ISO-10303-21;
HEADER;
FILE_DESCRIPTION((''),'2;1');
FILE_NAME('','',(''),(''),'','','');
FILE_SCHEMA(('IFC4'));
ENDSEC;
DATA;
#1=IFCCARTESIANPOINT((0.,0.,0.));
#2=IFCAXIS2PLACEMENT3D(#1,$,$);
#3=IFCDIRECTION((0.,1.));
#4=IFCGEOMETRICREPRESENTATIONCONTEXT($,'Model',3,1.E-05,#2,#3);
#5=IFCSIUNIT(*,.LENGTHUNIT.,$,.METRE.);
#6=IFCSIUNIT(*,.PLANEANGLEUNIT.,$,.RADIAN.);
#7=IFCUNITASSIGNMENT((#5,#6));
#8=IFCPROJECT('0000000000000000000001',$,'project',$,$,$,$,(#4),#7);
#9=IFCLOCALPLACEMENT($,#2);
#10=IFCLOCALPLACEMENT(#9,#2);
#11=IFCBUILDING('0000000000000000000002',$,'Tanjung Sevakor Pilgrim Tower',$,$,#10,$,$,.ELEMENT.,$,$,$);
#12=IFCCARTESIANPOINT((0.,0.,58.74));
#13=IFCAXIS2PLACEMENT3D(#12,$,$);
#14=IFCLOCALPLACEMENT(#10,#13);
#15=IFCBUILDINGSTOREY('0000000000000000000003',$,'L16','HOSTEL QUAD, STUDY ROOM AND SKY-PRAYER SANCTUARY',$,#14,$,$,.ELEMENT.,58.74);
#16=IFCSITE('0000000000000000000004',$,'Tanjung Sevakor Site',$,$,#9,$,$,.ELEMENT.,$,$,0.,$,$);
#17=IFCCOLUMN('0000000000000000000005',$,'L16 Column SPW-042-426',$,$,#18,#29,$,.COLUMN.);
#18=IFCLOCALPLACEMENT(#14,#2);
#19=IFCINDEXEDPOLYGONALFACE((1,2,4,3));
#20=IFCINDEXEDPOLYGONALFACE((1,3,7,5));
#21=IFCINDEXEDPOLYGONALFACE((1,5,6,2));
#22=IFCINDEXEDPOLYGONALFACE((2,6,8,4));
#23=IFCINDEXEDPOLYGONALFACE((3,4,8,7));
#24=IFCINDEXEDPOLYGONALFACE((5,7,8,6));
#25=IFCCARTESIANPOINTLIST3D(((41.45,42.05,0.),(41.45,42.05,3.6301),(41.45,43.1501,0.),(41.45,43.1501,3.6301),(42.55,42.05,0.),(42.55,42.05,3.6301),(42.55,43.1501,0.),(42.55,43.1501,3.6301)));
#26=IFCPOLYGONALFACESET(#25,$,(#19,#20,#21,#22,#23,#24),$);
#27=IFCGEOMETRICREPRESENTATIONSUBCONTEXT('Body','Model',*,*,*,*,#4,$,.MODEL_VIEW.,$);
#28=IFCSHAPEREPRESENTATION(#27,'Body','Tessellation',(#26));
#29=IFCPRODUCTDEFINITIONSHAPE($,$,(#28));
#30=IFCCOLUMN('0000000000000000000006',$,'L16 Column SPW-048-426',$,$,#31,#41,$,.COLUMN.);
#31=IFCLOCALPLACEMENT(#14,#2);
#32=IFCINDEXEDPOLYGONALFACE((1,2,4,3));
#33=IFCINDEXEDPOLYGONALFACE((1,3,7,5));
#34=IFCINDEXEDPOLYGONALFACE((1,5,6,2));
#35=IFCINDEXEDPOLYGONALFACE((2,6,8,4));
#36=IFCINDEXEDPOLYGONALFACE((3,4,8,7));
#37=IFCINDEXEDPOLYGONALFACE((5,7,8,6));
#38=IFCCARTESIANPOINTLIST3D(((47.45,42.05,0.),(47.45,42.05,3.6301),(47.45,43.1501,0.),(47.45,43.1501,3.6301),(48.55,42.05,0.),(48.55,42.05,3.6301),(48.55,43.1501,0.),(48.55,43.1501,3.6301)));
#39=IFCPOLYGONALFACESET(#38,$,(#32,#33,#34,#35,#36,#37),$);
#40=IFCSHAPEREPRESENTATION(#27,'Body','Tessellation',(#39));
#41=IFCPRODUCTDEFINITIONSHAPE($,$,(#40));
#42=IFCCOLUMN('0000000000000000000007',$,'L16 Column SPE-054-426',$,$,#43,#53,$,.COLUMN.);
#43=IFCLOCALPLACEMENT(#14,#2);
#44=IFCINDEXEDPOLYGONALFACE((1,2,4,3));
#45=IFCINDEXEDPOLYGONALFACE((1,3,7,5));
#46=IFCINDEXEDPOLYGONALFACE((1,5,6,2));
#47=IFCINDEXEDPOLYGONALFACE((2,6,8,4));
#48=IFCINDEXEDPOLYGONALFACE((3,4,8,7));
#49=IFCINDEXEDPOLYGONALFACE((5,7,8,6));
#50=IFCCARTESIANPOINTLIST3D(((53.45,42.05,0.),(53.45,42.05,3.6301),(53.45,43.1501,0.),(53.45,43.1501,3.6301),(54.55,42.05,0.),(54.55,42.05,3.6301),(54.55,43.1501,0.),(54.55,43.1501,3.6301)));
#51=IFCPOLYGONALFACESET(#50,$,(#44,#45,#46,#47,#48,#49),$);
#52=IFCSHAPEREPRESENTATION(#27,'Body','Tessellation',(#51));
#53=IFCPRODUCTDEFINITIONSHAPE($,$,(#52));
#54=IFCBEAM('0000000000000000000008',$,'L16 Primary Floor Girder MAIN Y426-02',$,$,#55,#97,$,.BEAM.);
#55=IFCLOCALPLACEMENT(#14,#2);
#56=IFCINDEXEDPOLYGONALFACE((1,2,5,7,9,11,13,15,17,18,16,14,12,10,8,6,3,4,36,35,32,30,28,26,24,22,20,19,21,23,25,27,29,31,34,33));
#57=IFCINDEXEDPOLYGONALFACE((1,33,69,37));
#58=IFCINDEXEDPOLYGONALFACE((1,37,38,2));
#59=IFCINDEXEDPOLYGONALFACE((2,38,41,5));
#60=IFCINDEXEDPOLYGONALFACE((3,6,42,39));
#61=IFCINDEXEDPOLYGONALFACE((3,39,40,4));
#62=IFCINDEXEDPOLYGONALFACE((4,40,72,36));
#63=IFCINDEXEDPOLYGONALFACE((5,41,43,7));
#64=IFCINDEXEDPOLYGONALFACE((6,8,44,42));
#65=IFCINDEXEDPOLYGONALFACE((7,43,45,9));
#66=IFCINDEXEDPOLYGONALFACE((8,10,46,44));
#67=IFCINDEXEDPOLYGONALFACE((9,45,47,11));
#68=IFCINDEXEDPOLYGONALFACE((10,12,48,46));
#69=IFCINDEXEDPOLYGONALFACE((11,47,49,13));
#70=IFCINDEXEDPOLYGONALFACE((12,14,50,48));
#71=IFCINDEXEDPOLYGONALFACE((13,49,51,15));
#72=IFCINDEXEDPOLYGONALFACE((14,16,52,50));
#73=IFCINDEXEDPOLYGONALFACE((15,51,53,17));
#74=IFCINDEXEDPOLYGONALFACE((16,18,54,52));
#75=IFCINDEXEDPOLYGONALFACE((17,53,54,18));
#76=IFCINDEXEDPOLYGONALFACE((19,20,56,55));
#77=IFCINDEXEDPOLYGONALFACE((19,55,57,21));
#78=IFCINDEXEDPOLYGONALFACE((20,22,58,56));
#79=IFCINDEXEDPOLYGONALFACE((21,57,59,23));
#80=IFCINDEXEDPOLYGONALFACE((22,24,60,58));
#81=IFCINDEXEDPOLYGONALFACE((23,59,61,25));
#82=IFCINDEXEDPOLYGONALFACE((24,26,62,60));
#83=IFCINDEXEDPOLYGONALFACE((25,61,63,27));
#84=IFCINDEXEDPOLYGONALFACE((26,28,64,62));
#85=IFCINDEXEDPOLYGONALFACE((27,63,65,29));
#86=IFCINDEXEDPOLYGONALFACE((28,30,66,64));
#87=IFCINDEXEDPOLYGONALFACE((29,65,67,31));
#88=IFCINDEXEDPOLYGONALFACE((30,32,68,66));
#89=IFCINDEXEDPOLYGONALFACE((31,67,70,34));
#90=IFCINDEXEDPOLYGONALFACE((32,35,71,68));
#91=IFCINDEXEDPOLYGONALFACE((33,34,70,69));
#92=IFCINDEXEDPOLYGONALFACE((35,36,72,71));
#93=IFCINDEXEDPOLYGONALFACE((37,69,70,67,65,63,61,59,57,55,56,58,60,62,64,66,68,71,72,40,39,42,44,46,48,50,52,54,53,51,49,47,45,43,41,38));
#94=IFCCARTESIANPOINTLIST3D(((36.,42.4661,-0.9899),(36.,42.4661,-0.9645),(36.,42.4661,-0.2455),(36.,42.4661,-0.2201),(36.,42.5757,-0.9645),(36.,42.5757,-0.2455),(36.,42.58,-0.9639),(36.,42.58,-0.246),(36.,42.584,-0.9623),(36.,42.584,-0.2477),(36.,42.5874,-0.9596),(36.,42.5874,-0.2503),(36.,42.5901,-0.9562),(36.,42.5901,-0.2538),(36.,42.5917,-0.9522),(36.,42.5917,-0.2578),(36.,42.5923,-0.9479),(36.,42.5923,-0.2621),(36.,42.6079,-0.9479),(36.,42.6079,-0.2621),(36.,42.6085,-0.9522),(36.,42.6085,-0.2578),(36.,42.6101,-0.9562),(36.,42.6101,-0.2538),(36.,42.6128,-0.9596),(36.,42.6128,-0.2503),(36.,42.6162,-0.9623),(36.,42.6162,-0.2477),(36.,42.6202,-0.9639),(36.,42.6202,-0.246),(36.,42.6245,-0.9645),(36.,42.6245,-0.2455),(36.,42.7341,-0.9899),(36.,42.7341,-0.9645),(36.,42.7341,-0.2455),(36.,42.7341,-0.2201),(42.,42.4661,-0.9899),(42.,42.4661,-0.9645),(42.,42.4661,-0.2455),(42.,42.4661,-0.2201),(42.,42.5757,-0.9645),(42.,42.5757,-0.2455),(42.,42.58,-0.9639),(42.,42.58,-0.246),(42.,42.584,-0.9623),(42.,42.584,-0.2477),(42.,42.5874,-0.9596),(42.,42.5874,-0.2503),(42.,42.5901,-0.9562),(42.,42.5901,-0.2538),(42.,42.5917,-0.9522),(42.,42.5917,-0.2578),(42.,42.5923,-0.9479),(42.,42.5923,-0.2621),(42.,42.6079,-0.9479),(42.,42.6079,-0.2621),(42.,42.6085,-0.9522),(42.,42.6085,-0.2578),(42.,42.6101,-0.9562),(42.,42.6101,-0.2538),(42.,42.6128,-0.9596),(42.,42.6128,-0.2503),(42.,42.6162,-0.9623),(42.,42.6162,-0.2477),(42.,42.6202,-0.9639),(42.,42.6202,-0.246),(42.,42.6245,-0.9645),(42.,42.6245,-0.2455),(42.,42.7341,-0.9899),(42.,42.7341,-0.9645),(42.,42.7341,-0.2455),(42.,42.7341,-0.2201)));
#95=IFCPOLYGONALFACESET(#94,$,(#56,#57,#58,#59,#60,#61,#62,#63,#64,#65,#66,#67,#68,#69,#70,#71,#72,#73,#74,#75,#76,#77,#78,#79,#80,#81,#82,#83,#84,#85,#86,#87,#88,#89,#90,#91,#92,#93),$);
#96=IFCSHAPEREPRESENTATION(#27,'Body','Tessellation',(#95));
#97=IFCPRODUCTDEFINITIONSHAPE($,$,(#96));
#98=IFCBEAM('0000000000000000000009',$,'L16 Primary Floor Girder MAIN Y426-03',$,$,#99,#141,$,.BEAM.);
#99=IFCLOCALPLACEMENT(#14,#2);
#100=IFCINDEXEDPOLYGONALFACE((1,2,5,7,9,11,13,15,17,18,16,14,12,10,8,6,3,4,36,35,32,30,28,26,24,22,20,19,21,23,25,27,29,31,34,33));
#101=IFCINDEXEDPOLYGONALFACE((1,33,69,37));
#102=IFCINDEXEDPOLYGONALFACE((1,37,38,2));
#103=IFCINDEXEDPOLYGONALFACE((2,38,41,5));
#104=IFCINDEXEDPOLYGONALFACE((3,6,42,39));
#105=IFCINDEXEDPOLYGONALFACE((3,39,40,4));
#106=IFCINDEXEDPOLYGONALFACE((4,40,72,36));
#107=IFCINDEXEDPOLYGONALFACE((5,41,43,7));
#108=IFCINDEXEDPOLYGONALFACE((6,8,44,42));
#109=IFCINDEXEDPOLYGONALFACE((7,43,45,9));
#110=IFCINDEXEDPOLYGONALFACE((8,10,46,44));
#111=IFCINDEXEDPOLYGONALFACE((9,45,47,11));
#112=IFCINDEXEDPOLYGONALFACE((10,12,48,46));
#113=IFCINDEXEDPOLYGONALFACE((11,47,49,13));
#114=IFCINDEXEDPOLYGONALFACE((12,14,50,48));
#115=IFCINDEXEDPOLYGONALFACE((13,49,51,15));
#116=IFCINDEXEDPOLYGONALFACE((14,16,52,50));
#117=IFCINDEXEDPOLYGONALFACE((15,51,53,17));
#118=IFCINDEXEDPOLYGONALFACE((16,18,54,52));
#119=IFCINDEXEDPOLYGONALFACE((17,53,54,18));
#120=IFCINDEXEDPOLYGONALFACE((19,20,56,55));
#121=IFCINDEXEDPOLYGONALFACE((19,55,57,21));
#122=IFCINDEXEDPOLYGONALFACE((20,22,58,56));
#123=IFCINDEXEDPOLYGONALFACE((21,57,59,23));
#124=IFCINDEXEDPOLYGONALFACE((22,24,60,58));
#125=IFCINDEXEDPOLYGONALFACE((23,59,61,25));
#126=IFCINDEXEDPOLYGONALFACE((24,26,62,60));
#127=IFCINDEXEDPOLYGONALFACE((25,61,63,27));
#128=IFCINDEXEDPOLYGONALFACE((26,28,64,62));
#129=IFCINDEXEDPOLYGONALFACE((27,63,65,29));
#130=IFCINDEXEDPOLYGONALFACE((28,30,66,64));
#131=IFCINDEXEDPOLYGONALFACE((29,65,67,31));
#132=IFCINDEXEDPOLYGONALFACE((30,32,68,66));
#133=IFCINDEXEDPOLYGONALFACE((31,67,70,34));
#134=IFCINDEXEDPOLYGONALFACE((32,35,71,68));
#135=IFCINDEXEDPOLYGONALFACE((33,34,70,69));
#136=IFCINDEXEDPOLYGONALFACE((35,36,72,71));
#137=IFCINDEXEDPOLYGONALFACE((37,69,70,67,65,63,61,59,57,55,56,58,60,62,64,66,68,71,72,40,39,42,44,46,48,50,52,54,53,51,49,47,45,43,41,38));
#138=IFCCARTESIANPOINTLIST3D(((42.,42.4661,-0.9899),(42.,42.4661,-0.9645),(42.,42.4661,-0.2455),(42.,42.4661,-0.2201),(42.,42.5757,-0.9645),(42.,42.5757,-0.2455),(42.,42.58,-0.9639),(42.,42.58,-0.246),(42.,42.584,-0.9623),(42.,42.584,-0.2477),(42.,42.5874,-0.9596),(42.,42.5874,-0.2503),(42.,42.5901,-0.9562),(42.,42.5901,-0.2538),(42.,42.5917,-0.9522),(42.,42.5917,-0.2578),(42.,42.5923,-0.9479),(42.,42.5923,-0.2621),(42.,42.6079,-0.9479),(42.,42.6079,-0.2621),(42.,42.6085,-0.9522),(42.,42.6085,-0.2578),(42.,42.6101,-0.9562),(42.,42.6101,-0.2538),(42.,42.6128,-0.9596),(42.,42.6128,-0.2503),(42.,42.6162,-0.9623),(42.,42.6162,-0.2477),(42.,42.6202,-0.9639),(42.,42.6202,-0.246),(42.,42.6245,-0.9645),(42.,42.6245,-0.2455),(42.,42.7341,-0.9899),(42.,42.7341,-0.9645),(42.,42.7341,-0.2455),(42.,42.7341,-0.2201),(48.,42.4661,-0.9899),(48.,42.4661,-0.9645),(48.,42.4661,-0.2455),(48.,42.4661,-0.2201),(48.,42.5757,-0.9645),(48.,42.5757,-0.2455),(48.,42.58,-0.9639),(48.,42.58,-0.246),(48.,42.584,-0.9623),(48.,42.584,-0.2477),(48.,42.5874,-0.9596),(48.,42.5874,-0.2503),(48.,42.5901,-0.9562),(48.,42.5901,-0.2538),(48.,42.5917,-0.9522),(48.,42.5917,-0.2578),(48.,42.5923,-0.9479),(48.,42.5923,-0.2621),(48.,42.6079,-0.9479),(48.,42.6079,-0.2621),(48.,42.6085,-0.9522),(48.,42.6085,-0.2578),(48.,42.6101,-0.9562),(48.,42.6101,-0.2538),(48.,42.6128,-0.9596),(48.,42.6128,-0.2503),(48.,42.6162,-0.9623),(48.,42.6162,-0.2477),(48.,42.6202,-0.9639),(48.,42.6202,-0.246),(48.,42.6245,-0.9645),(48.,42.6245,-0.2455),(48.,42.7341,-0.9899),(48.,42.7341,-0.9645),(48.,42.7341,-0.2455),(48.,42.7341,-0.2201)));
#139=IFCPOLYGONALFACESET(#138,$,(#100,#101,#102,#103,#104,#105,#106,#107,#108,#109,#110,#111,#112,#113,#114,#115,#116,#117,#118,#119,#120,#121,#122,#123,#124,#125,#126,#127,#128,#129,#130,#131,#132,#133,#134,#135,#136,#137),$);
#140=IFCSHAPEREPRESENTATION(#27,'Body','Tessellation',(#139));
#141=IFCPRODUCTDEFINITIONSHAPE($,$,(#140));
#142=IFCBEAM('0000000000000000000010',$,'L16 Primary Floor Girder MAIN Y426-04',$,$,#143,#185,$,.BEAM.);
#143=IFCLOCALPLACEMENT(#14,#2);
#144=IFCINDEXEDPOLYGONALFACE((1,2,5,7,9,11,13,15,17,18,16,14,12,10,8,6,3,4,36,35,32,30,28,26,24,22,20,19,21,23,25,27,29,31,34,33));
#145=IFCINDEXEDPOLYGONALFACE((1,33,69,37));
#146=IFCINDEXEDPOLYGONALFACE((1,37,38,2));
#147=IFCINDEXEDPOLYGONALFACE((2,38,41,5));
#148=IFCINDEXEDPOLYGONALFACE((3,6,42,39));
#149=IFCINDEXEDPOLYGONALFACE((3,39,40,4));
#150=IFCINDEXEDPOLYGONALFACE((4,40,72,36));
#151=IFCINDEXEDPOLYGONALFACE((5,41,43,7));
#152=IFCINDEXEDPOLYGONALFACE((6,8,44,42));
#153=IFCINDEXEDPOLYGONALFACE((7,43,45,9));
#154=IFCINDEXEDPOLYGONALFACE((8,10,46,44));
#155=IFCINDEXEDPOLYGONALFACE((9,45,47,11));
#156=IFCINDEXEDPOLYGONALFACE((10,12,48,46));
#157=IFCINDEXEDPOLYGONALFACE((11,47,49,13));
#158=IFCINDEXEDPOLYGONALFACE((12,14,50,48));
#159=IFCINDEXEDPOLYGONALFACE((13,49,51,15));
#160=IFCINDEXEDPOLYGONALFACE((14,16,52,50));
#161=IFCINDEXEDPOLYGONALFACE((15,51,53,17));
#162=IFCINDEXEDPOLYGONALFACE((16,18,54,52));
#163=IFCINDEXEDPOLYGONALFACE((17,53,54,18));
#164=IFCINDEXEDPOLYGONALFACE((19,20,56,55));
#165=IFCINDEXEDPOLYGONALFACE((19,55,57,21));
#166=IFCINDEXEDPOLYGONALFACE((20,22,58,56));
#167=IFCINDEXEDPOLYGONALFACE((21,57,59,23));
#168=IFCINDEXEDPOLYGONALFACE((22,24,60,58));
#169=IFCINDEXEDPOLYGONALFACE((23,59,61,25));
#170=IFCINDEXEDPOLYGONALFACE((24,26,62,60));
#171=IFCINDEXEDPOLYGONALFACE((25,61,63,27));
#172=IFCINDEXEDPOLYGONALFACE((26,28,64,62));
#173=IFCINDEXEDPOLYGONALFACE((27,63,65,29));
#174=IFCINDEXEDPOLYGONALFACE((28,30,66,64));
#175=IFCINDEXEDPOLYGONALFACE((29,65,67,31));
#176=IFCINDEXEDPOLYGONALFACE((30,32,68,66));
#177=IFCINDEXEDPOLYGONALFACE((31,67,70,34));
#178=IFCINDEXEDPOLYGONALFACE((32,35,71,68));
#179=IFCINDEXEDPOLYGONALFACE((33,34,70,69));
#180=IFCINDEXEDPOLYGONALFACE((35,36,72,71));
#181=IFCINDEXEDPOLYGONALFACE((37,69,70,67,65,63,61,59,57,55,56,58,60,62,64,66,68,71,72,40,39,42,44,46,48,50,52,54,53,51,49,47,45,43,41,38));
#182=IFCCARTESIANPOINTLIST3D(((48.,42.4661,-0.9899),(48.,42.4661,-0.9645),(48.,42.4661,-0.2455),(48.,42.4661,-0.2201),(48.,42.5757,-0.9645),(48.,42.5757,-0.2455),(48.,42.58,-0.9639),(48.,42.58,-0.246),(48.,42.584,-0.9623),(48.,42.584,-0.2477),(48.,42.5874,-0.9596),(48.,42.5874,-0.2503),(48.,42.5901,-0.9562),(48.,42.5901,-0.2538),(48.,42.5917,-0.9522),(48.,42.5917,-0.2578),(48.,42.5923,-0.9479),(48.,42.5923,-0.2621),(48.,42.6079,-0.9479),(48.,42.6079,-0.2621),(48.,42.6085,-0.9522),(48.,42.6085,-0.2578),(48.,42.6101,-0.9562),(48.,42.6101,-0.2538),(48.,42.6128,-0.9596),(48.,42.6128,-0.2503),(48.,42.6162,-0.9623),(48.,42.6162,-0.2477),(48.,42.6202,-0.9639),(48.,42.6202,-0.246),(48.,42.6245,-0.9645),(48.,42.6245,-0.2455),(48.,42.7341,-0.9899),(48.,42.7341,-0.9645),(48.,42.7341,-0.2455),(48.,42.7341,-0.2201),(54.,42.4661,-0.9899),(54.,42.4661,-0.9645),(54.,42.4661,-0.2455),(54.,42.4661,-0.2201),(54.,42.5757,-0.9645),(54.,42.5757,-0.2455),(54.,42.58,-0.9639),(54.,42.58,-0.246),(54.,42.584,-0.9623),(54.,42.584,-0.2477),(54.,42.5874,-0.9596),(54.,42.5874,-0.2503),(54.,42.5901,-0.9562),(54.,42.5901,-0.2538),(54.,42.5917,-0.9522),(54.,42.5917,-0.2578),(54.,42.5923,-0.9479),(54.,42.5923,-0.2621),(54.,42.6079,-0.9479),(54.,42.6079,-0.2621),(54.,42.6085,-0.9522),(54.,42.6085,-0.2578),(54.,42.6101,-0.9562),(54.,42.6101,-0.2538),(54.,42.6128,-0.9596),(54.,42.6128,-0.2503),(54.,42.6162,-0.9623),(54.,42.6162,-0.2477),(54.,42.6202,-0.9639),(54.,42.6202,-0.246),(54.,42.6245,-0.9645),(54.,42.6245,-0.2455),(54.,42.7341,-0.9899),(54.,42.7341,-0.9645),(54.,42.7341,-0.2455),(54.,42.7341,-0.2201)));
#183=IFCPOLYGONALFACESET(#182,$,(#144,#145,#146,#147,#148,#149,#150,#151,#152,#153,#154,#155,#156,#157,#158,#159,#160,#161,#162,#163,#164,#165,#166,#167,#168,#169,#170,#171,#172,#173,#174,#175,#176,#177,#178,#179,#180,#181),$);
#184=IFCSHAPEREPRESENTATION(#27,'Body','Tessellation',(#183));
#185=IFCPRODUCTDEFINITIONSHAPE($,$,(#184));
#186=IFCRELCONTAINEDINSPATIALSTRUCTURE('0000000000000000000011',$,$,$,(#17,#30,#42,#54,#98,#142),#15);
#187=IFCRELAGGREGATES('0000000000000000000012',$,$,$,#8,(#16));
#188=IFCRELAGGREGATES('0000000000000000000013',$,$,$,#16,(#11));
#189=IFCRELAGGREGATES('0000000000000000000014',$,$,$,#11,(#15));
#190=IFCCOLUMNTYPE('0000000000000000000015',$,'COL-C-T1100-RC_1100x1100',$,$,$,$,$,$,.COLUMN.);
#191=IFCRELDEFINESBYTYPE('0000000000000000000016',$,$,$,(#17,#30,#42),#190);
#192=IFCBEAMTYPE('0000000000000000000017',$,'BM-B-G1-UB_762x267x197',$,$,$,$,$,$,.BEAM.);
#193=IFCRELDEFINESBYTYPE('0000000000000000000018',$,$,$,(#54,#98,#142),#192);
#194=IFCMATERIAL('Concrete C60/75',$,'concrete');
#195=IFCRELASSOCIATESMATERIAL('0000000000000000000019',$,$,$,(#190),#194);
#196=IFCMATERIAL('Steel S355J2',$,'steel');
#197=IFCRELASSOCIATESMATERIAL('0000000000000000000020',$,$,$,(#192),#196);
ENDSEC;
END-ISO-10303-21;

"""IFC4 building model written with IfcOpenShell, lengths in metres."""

from ifc_helpers import new_model, si_unit, direction, frame, origin, origin_2d, place, context, subcontext, project, spatial, rectangle, i_section, extrude, material, material_profile, profile_set, type_object, element, save


model = new_model("IFC4")

# Units and contexts
model_context = context("Model", 3, precision=1e-05, world=origin(), true_north=direction((0.0, 1.0)))
body_context = subcontext(model_context, "Body", "Model", "MODEL_VIEW")
ifc_project = project(units=[si_unit("LENGTHUNIT", "METRE"), si_unit("PLANEANGLEUNIT", "RADIAN")], contexts=[model_context])

# Site, building, storey
site_placement = place(None, origin())
site = spatial("IfcSite", under=ifc_project, at=site_placement, Name="Tanjung Sevakor Site", CompositionType="ELEMENT", RefElevation=0.0)
building_placement = place(site_placement, origin())
building = spatial("IfcBuilding", under=site, at=building_placement, Name="Tanjung Sevakor Pilgrim Tower", CompositionType="ELEMENT")
storey_placement = place(building_placement, frame((0.0, 0.0, 58.74)))
storey = spatial("IfcBuildingStorey", under=building, at=storey_placement, Name="L16", Description="HOSTEL QUAD, STUDY ROOM AND SKY-PRAYER SANCTUARY", CompositionType="ELEMENT", Elevation=58.74)

# Columns
ifc_material_1 = material(Name="Concrete C60/75", Category="concrete")
ifc_material_profile_1 = material_profile(ifc_material_1, rectangle(XDim=1.1001, YDim=1.1001, at=origin_2d()))
ifc_profile_set_1 = profile_set([ifc_material_profile_1], Name="Concrete C60/75")
column_type = type_object("IfcColumnType", Name="COL-C-T1100-RC_1100x1100", PredefinedType="COLUMN", material=ifc_profile_set_1)
for number, where, z_axis, x_axis, name in (
    (1, (42.0, 42.6001, 0.0), (0.0, 0.0, 1.0), (1.0, 0.0, 0.0), "L16 Column SPW-042-426"),
    (2, (48.0, 42.6001, 0.0), (0.0, 0.0, 1.0), (1.0, 0.0, 0.0), "L16 Column SPW-048-426"),
    (3, (54.0, 42.6001, 0.0), (0.0, 0.0, 1.0), (1.0, 0.0, 0.0), "L16 Column SPE-054-426"),
):
    element("IfcColumn", number, at=place(storey_placement, frame(where, z_axis=z_axis, x_axis=x_axis)), inside=storey, type_object=column_type, Name=name, PredefinedType="COLUMN", context=body_context, shape_type="SweptSolid", body=[
        extrude(rectangle(XDim=1.1001, YDim=1.1001, at=origin_2d()), origin(), (0.0, 0.0, 1.0), 3.6301),
    ])

# Beams
ifc_material_2 = material(Name="Steel S355J2", Category="steel")
ifc_material_profile_2 = material_profile(ifc_material_2, i_section(OverallWidth=0.2681, OverallDepth=0.7698, WebThickness=0.0156, FlangeThickness=0.0254, FilletRadius=0.0166, at=origin_2d()))
ifc_profile_set_2 = profile_set([ifc_material_profile_2], Name="Steel S355J2")
beam_type_1 = type_object("IfcBeamType", Name="BM-B-G1-UB_762x267x197", PredefinedType="BEAM", material=ifc_profile_set_2)
for number, where, z_axis, x_axis, name in (
    (4, (36.0, 42.6001, -0.605), (1.0, 0.0, 0.0), (0.0, 1.0, 0.0), "L16 Primary Floor Girder MAIN Y426-02"),
    (5, (42.0, 42.6001, -0.605), (1.0, 0.0, 0.0), (0.0, 1.0, 0.0), "L16 Primary Floor Girder MAIN Y426-03"),
    (6, (48.0, 42.6001, -0.605), (1.0, 0.0, 0.0), (0.0, 1.0, 0.0), "L16 Primary Floor Girder MAIN Y426-04"),
):
    element("IfcBeam", number, at=place(storey_placement, frame(where, z_axis=z_axis, x_axis=x_axis)), inside=storey, type_object=beam_type_1, Name=name, PredefinedType="BEAM", context=body_context, shape_type="SweptSolid", body=[
        extrude(i_section(OverallWidth=0.2681, OverallDepth=0.7698, WebThickness=0.0156, FlangeThickness=0.0254, FilletRadius=0.0166, at=origin_2d()), origin(), (0.0, 0.0, 1.0), 6.0),
    ])

save(model, "model.ifc")
